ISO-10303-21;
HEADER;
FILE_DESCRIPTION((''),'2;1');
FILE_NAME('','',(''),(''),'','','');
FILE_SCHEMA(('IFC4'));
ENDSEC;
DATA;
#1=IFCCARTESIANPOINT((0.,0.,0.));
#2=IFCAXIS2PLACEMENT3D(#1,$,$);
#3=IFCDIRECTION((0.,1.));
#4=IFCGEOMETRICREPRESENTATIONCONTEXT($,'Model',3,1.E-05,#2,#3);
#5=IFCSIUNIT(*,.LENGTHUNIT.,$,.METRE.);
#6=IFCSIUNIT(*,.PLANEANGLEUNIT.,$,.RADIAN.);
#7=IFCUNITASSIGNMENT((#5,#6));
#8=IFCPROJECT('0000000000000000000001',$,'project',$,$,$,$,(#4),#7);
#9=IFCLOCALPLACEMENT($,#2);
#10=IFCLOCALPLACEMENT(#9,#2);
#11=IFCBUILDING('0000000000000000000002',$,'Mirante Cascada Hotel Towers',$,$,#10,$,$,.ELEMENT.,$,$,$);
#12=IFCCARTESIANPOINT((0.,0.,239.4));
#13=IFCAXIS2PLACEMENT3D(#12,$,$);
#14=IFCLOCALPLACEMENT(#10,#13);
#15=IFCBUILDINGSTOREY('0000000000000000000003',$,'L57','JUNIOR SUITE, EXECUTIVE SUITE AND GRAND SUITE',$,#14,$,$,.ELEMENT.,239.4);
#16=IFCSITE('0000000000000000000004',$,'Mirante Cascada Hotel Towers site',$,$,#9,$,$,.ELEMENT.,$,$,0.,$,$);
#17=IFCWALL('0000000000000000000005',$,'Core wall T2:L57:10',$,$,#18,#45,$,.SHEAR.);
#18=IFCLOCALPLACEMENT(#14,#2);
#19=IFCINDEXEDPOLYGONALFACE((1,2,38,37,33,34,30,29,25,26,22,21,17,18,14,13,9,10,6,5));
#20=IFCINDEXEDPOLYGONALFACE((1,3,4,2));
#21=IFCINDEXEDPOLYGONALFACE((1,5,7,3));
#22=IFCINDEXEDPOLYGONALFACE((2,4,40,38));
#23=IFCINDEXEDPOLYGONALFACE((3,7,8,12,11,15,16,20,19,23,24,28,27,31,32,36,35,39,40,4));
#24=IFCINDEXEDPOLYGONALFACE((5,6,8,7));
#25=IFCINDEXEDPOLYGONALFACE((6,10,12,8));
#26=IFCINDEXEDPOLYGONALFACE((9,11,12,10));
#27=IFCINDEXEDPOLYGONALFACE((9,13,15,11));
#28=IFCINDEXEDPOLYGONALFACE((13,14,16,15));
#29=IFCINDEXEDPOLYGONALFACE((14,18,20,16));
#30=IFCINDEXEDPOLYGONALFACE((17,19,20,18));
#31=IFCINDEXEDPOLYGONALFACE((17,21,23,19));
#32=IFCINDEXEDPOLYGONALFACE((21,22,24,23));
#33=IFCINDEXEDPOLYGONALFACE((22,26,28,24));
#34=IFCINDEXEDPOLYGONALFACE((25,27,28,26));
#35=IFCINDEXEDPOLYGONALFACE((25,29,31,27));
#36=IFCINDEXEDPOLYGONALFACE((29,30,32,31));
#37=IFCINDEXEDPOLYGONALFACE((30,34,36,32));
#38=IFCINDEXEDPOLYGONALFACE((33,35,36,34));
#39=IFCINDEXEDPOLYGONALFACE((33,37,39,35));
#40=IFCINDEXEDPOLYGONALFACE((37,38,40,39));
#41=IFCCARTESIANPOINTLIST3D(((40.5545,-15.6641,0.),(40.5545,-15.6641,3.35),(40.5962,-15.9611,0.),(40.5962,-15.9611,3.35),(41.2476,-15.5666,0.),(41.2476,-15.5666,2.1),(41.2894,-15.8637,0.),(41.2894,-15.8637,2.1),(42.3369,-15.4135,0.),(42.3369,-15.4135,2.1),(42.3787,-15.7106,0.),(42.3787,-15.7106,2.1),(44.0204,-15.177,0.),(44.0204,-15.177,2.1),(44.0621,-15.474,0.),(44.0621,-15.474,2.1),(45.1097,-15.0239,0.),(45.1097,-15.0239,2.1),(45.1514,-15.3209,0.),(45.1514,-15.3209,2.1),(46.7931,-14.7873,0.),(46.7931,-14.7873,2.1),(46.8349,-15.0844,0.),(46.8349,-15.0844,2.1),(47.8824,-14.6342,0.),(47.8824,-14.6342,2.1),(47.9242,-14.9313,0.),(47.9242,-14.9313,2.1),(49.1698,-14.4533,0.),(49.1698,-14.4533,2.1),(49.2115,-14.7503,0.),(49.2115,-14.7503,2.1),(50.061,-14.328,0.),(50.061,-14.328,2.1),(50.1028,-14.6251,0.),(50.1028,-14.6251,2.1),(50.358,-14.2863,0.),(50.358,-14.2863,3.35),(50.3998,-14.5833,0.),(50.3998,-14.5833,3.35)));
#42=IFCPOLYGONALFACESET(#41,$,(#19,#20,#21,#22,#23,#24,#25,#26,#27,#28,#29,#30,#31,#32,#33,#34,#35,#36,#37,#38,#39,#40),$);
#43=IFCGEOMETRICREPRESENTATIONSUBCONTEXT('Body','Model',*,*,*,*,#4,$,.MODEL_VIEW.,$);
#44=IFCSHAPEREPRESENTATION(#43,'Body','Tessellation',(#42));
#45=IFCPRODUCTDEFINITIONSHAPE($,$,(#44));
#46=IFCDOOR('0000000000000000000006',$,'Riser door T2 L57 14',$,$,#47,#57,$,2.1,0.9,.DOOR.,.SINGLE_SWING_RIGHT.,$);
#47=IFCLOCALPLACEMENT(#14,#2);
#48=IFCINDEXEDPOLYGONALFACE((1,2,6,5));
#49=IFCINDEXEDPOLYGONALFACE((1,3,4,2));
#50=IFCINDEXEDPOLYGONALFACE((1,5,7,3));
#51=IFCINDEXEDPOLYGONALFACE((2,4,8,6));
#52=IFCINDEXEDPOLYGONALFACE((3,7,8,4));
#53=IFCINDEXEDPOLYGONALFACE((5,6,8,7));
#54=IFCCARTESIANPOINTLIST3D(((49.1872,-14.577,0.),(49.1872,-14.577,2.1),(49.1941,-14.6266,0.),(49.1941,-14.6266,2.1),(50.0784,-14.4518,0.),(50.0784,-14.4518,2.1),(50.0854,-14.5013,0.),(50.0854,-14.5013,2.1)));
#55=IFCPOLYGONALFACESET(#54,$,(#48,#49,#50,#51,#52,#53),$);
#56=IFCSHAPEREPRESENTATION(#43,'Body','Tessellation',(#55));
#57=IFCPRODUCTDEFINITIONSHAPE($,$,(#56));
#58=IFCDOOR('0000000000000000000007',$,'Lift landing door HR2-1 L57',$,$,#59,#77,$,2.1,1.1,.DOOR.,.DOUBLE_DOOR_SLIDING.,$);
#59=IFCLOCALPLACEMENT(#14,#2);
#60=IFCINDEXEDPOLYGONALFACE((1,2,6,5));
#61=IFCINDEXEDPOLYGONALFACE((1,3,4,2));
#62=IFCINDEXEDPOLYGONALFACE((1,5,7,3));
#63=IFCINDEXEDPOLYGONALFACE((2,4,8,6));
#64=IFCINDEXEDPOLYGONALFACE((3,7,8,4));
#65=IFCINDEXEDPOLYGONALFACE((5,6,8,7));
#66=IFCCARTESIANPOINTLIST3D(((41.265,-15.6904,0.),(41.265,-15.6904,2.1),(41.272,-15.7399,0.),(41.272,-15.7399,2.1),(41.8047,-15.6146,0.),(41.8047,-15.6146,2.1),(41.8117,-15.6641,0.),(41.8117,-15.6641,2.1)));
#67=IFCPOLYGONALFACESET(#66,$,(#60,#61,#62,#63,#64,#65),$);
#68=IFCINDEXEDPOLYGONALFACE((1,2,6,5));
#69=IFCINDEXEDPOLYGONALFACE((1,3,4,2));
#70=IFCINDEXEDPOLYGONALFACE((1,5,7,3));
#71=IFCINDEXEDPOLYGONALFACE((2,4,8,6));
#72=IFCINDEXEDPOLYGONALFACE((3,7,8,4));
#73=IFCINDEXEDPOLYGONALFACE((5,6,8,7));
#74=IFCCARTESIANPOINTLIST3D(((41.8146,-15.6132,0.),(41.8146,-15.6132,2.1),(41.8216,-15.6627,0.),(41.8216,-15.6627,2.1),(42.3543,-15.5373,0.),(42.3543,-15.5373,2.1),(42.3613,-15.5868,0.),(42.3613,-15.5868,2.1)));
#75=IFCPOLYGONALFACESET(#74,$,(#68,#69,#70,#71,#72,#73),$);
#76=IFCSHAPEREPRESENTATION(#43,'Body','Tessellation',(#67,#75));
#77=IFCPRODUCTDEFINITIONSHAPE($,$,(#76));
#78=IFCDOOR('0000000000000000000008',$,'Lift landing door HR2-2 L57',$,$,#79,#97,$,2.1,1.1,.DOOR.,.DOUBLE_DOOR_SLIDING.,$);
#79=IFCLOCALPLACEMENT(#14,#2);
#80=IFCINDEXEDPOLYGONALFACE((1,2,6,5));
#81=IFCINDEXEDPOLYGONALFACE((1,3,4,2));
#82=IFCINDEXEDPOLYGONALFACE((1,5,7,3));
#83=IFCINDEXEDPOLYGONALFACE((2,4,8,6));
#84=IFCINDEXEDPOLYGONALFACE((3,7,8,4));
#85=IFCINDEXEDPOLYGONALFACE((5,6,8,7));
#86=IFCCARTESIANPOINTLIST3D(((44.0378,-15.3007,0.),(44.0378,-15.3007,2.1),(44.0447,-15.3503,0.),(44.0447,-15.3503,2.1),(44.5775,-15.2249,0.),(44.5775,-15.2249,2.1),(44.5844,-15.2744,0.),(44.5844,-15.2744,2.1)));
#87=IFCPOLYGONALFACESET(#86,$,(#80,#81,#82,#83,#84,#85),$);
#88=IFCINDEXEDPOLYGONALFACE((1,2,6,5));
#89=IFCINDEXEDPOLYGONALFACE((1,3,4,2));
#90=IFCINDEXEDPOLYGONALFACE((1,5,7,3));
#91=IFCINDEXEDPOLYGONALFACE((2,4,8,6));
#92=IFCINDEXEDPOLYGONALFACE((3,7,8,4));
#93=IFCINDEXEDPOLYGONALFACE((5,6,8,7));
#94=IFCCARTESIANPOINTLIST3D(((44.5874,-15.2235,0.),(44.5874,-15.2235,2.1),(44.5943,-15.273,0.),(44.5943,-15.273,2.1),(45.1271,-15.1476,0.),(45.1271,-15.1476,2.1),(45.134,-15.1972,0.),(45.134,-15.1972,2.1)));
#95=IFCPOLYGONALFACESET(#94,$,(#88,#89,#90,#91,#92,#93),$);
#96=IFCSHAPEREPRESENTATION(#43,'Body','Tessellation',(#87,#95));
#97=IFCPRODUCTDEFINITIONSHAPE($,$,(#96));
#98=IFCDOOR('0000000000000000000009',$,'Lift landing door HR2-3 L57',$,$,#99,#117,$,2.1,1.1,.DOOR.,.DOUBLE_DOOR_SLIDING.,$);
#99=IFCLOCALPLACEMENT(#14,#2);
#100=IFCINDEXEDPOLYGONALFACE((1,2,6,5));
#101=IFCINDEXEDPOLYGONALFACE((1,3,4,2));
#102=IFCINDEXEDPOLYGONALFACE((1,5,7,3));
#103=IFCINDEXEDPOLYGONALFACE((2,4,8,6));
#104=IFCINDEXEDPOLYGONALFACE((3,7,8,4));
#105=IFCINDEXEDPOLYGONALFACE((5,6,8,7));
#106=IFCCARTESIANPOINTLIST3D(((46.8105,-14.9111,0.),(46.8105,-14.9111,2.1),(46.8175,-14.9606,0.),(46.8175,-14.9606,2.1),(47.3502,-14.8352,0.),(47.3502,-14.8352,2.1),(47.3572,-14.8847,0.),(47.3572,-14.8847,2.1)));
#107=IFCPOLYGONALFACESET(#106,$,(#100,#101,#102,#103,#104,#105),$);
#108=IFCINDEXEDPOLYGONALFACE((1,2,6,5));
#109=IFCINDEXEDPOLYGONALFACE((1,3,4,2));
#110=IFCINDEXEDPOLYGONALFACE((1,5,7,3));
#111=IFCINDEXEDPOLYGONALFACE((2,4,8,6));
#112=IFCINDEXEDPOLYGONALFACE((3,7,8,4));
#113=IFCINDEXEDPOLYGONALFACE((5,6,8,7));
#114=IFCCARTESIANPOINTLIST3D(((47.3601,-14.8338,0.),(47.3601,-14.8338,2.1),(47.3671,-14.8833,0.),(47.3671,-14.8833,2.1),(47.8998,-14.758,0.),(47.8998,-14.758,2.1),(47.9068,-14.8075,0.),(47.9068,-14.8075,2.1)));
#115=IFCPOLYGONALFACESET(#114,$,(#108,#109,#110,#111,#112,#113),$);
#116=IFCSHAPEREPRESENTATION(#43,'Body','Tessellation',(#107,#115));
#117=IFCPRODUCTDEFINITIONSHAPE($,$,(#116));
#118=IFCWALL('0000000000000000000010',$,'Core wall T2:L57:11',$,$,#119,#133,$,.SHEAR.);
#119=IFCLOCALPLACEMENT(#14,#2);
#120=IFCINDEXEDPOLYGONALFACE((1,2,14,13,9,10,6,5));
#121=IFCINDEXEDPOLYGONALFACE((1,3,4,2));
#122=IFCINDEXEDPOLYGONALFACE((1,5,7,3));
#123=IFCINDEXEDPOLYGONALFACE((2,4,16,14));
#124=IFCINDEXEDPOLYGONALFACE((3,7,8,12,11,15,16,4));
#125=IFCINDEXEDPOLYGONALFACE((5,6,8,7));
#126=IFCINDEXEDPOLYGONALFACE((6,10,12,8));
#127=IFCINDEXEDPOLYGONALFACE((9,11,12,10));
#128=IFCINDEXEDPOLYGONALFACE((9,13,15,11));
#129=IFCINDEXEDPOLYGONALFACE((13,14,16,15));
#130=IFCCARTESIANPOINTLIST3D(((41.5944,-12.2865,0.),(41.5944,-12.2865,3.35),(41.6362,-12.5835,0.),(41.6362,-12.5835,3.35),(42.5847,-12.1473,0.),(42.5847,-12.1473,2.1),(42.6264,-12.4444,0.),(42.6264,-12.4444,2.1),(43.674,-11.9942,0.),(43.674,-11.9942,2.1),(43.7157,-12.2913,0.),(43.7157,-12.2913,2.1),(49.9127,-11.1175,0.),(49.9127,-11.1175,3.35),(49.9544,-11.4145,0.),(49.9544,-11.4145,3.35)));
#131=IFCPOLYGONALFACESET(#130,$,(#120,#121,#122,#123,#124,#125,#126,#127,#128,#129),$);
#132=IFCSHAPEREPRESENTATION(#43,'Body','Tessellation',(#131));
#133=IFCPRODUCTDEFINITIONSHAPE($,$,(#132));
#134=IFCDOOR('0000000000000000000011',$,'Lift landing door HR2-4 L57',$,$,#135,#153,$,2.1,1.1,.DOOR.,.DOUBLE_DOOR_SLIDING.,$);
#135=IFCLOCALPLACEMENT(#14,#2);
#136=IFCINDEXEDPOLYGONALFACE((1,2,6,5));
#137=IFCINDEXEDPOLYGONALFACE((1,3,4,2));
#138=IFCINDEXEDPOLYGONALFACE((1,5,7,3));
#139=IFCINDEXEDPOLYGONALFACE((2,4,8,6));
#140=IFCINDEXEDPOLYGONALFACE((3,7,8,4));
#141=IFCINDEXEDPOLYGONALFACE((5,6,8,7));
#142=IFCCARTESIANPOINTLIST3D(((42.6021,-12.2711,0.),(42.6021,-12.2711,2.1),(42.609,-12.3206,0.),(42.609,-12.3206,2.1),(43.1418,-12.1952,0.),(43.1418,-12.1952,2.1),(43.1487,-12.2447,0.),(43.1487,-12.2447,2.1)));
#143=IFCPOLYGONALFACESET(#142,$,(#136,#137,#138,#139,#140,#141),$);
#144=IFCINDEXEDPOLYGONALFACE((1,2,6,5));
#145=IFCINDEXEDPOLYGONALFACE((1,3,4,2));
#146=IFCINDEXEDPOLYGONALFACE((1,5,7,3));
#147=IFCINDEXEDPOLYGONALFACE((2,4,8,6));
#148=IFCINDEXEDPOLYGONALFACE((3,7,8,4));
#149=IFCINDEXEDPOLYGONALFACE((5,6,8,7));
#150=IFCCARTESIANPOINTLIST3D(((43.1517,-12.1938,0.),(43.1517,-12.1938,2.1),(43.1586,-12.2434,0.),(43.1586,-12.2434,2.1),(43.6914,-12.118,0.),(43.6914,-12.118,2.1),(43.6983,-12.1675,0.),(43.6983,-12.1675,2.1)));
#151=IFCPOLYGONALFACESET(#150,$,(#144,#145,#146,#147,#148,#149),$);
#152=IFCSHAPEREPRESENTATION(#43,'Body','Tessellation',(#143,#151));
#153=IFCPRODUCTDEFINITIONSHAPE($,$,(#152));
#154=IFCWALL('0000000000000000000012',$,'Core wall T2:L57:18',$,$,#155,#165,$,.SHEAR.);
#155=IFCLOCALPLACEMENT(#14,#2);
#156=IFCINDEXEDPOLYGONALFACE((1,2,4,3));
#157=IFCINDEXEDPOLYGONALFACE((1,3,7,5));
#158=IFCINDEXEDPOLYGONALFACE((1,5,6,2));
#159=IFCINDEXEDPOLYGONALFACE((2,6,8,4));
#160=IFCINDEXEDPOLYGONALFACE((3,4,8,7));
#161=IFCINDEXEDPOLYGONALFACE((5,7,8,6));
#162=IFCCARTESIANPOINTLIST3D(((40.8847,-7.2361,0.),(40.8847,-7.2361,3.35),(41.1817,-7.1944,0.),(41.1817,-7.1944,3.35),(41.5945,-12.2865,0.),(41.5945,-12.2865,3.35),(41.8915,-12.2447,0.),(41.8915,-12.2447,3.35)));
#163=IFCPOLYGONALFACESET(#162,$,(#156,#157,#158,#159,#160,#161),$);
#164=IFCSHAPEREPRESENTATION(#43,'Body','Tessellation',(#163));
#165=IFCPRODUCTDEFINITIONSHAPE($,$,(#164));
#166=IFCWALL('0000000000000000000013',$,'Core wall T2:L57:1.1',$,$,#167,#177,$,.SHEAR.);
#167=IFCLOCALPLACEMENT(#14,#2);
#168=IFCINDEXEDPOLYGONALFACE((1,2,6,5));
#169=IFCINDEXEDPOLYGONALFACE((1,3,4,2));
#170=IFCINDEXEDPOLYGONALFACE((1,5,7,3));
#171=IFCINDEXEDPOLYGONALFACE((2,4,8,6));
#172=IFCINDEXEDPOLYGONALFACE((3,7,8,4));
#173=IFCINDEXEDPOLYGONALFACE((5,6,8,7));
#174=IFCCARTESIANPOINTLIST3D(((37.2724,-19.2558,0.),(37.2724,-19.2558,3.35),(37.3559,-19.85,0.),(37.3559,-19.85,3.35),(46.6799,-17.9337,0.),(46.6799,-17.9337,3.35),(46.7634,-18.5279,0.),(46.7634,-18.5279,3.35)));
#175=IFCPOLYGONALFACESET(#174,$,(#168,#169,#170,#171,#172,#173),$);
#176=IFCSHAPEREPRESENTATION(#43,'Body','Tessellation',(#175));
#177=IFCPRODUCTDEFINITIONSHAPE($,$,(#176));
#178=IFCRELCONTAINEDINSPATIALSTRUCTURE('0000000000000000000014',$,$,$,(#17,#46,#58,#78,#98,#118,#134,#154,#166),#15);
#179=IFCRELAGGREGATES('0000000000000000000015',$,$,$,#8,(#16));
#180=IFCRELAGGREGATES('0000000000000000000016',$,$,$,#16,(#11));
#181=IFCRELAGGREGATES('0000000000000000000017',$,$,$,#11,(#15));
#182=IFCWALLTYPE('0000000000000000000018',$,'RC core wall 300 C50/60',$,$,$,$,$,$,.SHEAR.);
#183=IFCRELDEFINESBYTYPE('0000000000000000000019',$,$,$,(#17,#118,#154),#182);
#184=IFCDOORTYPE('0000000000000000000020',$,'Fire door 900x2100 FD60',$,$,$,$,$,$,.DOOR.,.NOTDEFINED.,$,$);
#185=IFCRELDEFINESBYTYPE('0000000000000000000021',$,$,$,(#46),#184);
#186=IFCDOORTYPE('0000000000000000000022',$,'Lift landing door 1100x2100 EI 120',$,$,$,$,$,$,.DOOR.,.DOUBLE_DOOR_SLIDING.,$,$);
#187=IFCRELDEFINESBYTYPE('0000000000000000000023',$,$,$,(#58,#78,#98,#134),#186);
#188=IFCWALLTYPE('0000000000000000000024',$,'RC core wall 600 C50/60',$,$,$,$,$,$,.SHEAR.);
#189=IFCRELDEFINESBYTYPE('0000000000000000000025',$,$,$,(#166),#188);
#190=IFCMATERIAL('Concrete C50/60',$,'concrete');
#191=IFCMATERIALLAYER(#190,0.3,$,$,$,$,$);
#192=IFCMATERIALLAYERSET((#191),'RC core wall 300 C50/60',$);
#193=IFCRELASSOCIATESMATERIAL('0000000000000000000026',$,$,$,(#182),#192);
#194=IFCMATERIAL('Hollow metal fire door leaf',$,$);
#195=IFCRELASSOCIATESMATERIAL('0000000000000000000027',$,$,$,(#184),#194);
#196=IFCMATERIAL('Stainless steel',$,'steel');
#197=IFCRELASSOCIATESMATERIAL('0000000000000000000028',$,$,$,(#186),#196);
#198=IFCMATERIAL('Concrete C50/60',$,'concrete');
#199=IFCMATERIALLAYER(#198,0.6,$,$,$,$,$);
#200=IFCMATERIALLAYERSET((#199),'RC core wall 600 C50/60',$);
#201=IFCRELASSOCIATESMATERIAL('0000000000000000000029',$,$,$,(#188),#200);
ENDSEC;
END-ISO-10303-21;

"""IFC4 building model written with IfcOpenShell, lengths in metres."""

from ifc_helpers import new_model, si_unit, direction, frame, frame_2d, origin, place, context, subcontext, project, spatial, rectangle, extrude, material, layer, layer_set, type_object, element, fill, save


model = new_model("IFC4")

# Units and contexts
model_context = context("Model", 3, precision=1e-05, world=origin(), true_north=direction((0.0, 1.0)))
body_context = subcontext(model_context, "Body", "Model", "MODEL_VIEW")
ifc_project = project(units=[si_unit("LENGTHUNIT", "METRE"), si_unit("PLANEANGLEUNIT", "RADIAN")], contexts=[model_context])

# Site, building, storey
site_placement = place(None, origin())
site = spatial("IfcSite", under=ifc_project, at=site_placement, Name="Mirante Cascada Hotel Towers site", CompositionType="ELEMENT", RefElevation=0.0)
building_placement = place(site_placement, origin())
building = spatial("IfcBuilding", under=site, at=building_placement, Name="Mirante Cascada Hotel Towers", CompositionType="ELEMENT")
storey_placement = place(building_placement, frame((0.0, 0.0, 239.4)))
storey = spatial("IfcBuildingStorey", under=building, at=storey_placement, Name="L57", Description="JUNIOR SUITE, EXECUTIVE SUITE AND GRAND SUITE", CompositionType="ELEMENT", Elevation=239.4)

# Shared definitions
ifc_material_1 = material(Name="Concrete C50/60", Category="concrete")
ifc_layer_1 = layer(ifc_material_1, 0.3)
ifc_layer_set_1 = layer_set([ifc_layer_1], Name="RC core wall 300 C50/60")
wall_type_1 = type_object("IfcWallType", Name="RC core wall 300 C50/60", PredefinedType="SHEAR", material=ifc_layer_set_1)

# Wall, openings, doors
wall_1_placement = place(storey_placement, frame((40.5753, -15.8126, 0.0), z_axis=(0.0, 0.0, 1.0), x_axis=(0.990268, 0.139173, 0.0)))
wall_1 = element("IfcWall", 1, at=wall_1_placement, inside=storey, type_object=wall_type_1, Name="Core wall T2:L57:10", PredefinedType="SHEAR", context=body_context, shape_type="SweptSolid", body=[
    extrude(rectangle(XDim=9.8999, YDim=0.3, at=frame_2d((4.95, 0.0))), origin(), (0.0, 0.0, 1.0), 3.35),
])
opening_1_placement = place(wall_1_placement, frame((0.7, 0.0, 0.0)))
opening_1 = element("IfcOpeningElement", 2, at=opening_1_placement, cuts=wall_1, PredefinedType="OPENING", context=body_context, shape_type="SweptSolid", body=[
    extrude(rectangle(XDim=1.1, YDim=2.1, at=frame_2d((0.55, 1.05))), frame((0.0, 0.15, 0.0), z_axis=(0.0, -1.0, 0.0), x_axis=(1.0, 0.0, 0.0)), (0.0, 0.0, 1.0), 0.3),
])
opening_2_placement = place(wall_1_placement, frame((3.5, 0.0, 0.0)))
opening_2 = element("IfcOpeningElement", 3, at=opening_2_placement, cuts=wall_1, PredefinedType="OPENING", context=body_context, shape_type="SweptSolid", body=[
    extrude(rectangle(XDim=1.1, YDim=2.1, at=frame_2d((0.55, 1.05))), frame((0.0, 0.15, 0.0), z_axis=(0.0, -1.0, 0.0), x_axis=(1.0, 0.0, 0.0)), (0.0, 0.0, 1.0), 0.3),
])
opening_3_placement = place(wall_1_placement, frame((6.3, 0.0, 0.0)))
opening_3 = element("IfcOpeningElement", 4, at=opening_3_placement, cuts=wall_1, PredefinedType="OPENING", context=body_context, shape_type="SweptSolid", body=[
    extrude(rectangle(XDim=1.1, YDim=2.1, at=frame_2d((0.55, 1.05))), frame((0.0, 0.15, 0.0), z_axis=(0.0, -1.0, 0.0), x_axis=(1.0, 0.0, 0.0)), (0.0, 0.0, 1.0), 0.3),
])
opening_4_placement = place(wall_1_placement, frame((8.7, 0.0, 0.0)))
opening_4 = element("IfcOpeningElement", 5, at=opening_4_placement, cuts=wall_1, PredefinedType="OPENING", context=body_context, shape_type="SweptSolid", body=[
    extrude(rectangle(XDim=0.9, YDim=2.1, at=frame_2d((0.45, 1.05))), frame((0.0, 0.15, 0.0), z_axis=(0.0, -1.0, 0.0), x_axis=(1.0, 0.0, 0.0)), (0.0, 0.0, 1.0), 0.3),
])
ifc_material_2 = material(Name="Hollow metal fire door leaf")
door_type_1 = type_object("IfcDoorType", Name="Fire door 900x2100 FD60", OperationType="NOTDEFINED", PredefinedType="DOOR", material=ifc_material_2)
door_1_placement = place(opening_4_placement, frame((0.9, 0.0, 0.0), z_axis=(0.0, 0.0, 1.0), x_axis=(-1.0, 0.0, 0.0)))
door_1 = element("IfcDoor", 6, at=door_1_placement, inside=storey, type_object=door_type_1, Name="Riser door T2 L57 14", OperationType="SINGLE_SWING_RIGHT", OverallHeight=2.1, OverallWidth=0.9, PredefinedType="DOOR", context=body_context, shape_type="SweptSolid", body=[
    extrude(rectangle(XDim=0.9, YDim=2.1, at=frame_2d((0.45, 1.05))), frame((0.0, 0.025, 0.0), z_axis=(0.0, -1.0, 0.0), x_axis=(1.0, 0.0, 0.0)), (0.0, 0.0, 1.0), 0.05),
])
fill(opening_4, door_1)
ifc_material_3 = material(Name="Stainless steel", Category="steel")
door_type_2 = type_object("IfcDoorType", Name="Lift landing door 1100x2100 EI 120", OperationType="DOUBLE_DOOR_SLIDING", PredefinedType="DOOR", material=ifc_material_3)
door_2_placement = place(opening_1_placement, origin())
door_2 = element("IfcDoor", 7, at=door_2_placement, inside=storey, type_object=door_type_2, Name="Lift landing door HR2-1 L57", OperationType="DOUBLE_DOOR_SLIDING", OverallHeight=2.1, OverallWidth=1.1, PredefinedType="DOOR", context=body_context, shape_type="SweptSolid", body=[
    extrude(rectangle(XDim=0.545, YDim=2.1, at=frame_2d((0.2725, 1.05))), frame((0.0, 0.025, 0.0), z_axis=(0.0, -1.0, 0.0), x_axis=(1.0, 0.0, 0.0)), (0.0, 0.0, 1.0), 0.05),
    extrude(rectangle(XDim=0.545, YDim=2.1, at=frame_2d((0.8275, 1.05))), frame((0.0, 0.025, 0.0), z_axis=(0.0, -1.0, 0.0), x_axis=(1.0, 0.0, 0.0)), (0.0, 0.0, 1.0), 0.05),
])
fill(opening_1, door_2)
door_3_placement = place(opening_2_placement, origin())
door_3 = element("IfcDoor", 8, at=door_3_placement, inside=storey, type_object=door_type_2, Name="Lift landing door HR2-2 L57", OperationType="DOUBLE_DOOR_SLIDING", OverallHeight=2.1, OverallWidth=1.1, PredefinedType="DOOR", context=body_context, shape_type="SweptSolid", body=[
    extrude(rectangle(XDim=0.545, YDim=2.1, at=frame_2d((0.2725, 1.05))), frame((0.0, 0.025, 0.0), z_axis=(0.0, -1.0, 0.0), x_axis=(1.0, 0.0, 0.0)), (0.0, 0.0, 1.0), 0.05),
    extrude(rectangle(XDim=0.545, YDim=2.1, at=frame_2d((0.8275, 1.05))), frame((0.0, 0.025, 0.0), z_axis=(0.0, -1.0, 0.0), x_axis=(1.0, 0.0, 0.0)), (0.0, 0.0, 1.0), 0.05),
])
fill(opening_2, door_3)
door_4_placement = place(opening_3_placement, origin())
door_4 = element("IfcDoor", 9, at=door_4_placement, inside=storey, type_object=door_type_2, Name="Lift landing door HR2-3 L57", OperationType="DOUBLE_DOOR_SLIDING", OverallHeight=2.1, OverallWidth=1.1, PredefinedType="DOOR", context=body_context, shape_type="SweptSolid", body=[
    extrude(rectangle(XDim=0.545, YDim=2.1, at=frame_2d((0.2725, 1.05))), frame((0.0, 0.025, 0.0), z_axis=(0.0, -1.0, 0.0), x_axis=(1.0, 0.0, 0.0)), (0.0, 0.0, 1.0), 0.05),
    extrude(rectangle(XDim=0.545, YDim=2.1, at=frame_2d((0.8275, 1.05))), frame((0.0, 0.025, 0.0), z_axis=(0.0, -1.0, 0.0), x_axis=(1.0, 0.0, 0.0)), (0.0, 0.0, 1.0), 0.05),
])
fill(opening_3, door_4)

# Wall, opening, door
wall_2_placement = place(storey_placement, frame((41.6153, -12.435, 0.0), z_axis=(0.0, 0.0, 1.0), x_axis=(0.990269, 0.139166, 0.0)))
wall_2 = element("IfcWall", 10, at=wall_2_placement, inside=storey, type_object=wall_type_1, Name="Core wall T2:L57:11", PredefinedType="SHEAR", context=body_context, shape_type="SweptSolid", body=[
    extrude(rectangle(XDim=8.4, YDim=0.3, at=frame_2d((4.2, 0.0))), origin(), (0.0, 0.0, 1.0), 3.35),
])
opening_5_placement = place(wall_2_placement, frame((1.0, 0.0, 0.0)))
opening_5 = element("IfcOpeningElement", 11, at=opening_5_placement, cuts=wall_2, PredefinedType="OPENING", context=body_context, shape_type="SweptSolid", body=[
    extrude(rectangle(XDim=1.1, YDim=2.1, at=frame_2d((0.55, 1.05))), frame((0.0, 0.15, 0.0), z_axis=(0.0, -1.0, 0.0), x_axis=(1.0, 0.0, 0.0)), (0.0, 0.0, 1.0), 0.3),
])
door_5_placement = place(opening_5_placement, origin())
door_5 = element("IfcDoor", 12, at=door_5_placement, inside=storey, type_object=door_type_2, Name="Lift landing door HR2-4 L57", OperationType="DOUBLE_DOOR_SLIDING", OverallHeight=2.1, OverallWidth=1.1, PredefinedType="DOOR", context=body_context, shape_type="SweptSolid", body=[
    extrude(rectangle(XDim=0.545, YDim=2.1, at=frame_2d((0.2725, 1.05))), frame((0.0, 0.025, 0.0), z_axis=(0.0, -1.0, 0.0), x_axis=(1.0, 0.0, 0.0)), (0.0, 0.0, 1.0), 0.05),
    extrude(rectangle(XDim=0.545, YDim=2.1, at=frame_2d((0.8275, 1.05))), frame((0.0, 0.025, 0.0), z_axis=(0.0, -1.0, 0.0), x_axis=(1.0, 0.0, 0.0)), (0.0, 0.0, 1.0), 0.05),
])
fill(opening_5, door_5)

# Walls
wall_3_placement = place(storey_placement, frame((41.743, -12.2656, 0.0), z_axis=(0.0, 0.0, 1.0), x_axis=(-0.139176, 0.990268, 0.0)))
element("IfcWall", 13, at=wall_3_placement, inside=storey, type_object=wall_type_1, Name="Core wall T2:L57:18", PredefinedType="SHEAR", context=body_context, shape_type="SweptSolid", body=[
    extrude(rectangle(XDim=5.1, YDim=0.3, at=frame_2d((2.55, 0.0))), origin(), (0.0, 0.0, 1.0), 3.35),
])
ifc_material_4 = material(Name="Concrete C50/60", Category="concrete")
ifc_layer_2 = layer(ifc_material_4, 0.6)
ifc_layer_set_2 = layer_set([ifc_layer_2], Name="RC core wall 600 C50/60")
wall_type_2 = type_object("IfcWallType", Name="RC core wall 600 C50/60", PredefinedType="SHEAR", material=ifc_layer_set_2)
wall_4_placement = place(storey_placement, frame((37.3141, -19.5529, 0.0), z_axis=(0.0, 0.0, 1.0), x_axis=(0.990269, 0.139169, 0.0)))
element("IfcWall", 14, at=wall_4_placement, inside=storey, type_object=wall_type_2, Name="Core wall T2:L57:1.1", PredefinedType="SHEAR", context=body_context, shape_type="SweptSolid", body=[
    extrude(rectangle(XDim=9.4999, YDim=0.6, at=frame_2d((4.75, 0.0))), origin(), (0.0, 0.0, 1.0), 3.35),
])

save(model, "model.ifc")
